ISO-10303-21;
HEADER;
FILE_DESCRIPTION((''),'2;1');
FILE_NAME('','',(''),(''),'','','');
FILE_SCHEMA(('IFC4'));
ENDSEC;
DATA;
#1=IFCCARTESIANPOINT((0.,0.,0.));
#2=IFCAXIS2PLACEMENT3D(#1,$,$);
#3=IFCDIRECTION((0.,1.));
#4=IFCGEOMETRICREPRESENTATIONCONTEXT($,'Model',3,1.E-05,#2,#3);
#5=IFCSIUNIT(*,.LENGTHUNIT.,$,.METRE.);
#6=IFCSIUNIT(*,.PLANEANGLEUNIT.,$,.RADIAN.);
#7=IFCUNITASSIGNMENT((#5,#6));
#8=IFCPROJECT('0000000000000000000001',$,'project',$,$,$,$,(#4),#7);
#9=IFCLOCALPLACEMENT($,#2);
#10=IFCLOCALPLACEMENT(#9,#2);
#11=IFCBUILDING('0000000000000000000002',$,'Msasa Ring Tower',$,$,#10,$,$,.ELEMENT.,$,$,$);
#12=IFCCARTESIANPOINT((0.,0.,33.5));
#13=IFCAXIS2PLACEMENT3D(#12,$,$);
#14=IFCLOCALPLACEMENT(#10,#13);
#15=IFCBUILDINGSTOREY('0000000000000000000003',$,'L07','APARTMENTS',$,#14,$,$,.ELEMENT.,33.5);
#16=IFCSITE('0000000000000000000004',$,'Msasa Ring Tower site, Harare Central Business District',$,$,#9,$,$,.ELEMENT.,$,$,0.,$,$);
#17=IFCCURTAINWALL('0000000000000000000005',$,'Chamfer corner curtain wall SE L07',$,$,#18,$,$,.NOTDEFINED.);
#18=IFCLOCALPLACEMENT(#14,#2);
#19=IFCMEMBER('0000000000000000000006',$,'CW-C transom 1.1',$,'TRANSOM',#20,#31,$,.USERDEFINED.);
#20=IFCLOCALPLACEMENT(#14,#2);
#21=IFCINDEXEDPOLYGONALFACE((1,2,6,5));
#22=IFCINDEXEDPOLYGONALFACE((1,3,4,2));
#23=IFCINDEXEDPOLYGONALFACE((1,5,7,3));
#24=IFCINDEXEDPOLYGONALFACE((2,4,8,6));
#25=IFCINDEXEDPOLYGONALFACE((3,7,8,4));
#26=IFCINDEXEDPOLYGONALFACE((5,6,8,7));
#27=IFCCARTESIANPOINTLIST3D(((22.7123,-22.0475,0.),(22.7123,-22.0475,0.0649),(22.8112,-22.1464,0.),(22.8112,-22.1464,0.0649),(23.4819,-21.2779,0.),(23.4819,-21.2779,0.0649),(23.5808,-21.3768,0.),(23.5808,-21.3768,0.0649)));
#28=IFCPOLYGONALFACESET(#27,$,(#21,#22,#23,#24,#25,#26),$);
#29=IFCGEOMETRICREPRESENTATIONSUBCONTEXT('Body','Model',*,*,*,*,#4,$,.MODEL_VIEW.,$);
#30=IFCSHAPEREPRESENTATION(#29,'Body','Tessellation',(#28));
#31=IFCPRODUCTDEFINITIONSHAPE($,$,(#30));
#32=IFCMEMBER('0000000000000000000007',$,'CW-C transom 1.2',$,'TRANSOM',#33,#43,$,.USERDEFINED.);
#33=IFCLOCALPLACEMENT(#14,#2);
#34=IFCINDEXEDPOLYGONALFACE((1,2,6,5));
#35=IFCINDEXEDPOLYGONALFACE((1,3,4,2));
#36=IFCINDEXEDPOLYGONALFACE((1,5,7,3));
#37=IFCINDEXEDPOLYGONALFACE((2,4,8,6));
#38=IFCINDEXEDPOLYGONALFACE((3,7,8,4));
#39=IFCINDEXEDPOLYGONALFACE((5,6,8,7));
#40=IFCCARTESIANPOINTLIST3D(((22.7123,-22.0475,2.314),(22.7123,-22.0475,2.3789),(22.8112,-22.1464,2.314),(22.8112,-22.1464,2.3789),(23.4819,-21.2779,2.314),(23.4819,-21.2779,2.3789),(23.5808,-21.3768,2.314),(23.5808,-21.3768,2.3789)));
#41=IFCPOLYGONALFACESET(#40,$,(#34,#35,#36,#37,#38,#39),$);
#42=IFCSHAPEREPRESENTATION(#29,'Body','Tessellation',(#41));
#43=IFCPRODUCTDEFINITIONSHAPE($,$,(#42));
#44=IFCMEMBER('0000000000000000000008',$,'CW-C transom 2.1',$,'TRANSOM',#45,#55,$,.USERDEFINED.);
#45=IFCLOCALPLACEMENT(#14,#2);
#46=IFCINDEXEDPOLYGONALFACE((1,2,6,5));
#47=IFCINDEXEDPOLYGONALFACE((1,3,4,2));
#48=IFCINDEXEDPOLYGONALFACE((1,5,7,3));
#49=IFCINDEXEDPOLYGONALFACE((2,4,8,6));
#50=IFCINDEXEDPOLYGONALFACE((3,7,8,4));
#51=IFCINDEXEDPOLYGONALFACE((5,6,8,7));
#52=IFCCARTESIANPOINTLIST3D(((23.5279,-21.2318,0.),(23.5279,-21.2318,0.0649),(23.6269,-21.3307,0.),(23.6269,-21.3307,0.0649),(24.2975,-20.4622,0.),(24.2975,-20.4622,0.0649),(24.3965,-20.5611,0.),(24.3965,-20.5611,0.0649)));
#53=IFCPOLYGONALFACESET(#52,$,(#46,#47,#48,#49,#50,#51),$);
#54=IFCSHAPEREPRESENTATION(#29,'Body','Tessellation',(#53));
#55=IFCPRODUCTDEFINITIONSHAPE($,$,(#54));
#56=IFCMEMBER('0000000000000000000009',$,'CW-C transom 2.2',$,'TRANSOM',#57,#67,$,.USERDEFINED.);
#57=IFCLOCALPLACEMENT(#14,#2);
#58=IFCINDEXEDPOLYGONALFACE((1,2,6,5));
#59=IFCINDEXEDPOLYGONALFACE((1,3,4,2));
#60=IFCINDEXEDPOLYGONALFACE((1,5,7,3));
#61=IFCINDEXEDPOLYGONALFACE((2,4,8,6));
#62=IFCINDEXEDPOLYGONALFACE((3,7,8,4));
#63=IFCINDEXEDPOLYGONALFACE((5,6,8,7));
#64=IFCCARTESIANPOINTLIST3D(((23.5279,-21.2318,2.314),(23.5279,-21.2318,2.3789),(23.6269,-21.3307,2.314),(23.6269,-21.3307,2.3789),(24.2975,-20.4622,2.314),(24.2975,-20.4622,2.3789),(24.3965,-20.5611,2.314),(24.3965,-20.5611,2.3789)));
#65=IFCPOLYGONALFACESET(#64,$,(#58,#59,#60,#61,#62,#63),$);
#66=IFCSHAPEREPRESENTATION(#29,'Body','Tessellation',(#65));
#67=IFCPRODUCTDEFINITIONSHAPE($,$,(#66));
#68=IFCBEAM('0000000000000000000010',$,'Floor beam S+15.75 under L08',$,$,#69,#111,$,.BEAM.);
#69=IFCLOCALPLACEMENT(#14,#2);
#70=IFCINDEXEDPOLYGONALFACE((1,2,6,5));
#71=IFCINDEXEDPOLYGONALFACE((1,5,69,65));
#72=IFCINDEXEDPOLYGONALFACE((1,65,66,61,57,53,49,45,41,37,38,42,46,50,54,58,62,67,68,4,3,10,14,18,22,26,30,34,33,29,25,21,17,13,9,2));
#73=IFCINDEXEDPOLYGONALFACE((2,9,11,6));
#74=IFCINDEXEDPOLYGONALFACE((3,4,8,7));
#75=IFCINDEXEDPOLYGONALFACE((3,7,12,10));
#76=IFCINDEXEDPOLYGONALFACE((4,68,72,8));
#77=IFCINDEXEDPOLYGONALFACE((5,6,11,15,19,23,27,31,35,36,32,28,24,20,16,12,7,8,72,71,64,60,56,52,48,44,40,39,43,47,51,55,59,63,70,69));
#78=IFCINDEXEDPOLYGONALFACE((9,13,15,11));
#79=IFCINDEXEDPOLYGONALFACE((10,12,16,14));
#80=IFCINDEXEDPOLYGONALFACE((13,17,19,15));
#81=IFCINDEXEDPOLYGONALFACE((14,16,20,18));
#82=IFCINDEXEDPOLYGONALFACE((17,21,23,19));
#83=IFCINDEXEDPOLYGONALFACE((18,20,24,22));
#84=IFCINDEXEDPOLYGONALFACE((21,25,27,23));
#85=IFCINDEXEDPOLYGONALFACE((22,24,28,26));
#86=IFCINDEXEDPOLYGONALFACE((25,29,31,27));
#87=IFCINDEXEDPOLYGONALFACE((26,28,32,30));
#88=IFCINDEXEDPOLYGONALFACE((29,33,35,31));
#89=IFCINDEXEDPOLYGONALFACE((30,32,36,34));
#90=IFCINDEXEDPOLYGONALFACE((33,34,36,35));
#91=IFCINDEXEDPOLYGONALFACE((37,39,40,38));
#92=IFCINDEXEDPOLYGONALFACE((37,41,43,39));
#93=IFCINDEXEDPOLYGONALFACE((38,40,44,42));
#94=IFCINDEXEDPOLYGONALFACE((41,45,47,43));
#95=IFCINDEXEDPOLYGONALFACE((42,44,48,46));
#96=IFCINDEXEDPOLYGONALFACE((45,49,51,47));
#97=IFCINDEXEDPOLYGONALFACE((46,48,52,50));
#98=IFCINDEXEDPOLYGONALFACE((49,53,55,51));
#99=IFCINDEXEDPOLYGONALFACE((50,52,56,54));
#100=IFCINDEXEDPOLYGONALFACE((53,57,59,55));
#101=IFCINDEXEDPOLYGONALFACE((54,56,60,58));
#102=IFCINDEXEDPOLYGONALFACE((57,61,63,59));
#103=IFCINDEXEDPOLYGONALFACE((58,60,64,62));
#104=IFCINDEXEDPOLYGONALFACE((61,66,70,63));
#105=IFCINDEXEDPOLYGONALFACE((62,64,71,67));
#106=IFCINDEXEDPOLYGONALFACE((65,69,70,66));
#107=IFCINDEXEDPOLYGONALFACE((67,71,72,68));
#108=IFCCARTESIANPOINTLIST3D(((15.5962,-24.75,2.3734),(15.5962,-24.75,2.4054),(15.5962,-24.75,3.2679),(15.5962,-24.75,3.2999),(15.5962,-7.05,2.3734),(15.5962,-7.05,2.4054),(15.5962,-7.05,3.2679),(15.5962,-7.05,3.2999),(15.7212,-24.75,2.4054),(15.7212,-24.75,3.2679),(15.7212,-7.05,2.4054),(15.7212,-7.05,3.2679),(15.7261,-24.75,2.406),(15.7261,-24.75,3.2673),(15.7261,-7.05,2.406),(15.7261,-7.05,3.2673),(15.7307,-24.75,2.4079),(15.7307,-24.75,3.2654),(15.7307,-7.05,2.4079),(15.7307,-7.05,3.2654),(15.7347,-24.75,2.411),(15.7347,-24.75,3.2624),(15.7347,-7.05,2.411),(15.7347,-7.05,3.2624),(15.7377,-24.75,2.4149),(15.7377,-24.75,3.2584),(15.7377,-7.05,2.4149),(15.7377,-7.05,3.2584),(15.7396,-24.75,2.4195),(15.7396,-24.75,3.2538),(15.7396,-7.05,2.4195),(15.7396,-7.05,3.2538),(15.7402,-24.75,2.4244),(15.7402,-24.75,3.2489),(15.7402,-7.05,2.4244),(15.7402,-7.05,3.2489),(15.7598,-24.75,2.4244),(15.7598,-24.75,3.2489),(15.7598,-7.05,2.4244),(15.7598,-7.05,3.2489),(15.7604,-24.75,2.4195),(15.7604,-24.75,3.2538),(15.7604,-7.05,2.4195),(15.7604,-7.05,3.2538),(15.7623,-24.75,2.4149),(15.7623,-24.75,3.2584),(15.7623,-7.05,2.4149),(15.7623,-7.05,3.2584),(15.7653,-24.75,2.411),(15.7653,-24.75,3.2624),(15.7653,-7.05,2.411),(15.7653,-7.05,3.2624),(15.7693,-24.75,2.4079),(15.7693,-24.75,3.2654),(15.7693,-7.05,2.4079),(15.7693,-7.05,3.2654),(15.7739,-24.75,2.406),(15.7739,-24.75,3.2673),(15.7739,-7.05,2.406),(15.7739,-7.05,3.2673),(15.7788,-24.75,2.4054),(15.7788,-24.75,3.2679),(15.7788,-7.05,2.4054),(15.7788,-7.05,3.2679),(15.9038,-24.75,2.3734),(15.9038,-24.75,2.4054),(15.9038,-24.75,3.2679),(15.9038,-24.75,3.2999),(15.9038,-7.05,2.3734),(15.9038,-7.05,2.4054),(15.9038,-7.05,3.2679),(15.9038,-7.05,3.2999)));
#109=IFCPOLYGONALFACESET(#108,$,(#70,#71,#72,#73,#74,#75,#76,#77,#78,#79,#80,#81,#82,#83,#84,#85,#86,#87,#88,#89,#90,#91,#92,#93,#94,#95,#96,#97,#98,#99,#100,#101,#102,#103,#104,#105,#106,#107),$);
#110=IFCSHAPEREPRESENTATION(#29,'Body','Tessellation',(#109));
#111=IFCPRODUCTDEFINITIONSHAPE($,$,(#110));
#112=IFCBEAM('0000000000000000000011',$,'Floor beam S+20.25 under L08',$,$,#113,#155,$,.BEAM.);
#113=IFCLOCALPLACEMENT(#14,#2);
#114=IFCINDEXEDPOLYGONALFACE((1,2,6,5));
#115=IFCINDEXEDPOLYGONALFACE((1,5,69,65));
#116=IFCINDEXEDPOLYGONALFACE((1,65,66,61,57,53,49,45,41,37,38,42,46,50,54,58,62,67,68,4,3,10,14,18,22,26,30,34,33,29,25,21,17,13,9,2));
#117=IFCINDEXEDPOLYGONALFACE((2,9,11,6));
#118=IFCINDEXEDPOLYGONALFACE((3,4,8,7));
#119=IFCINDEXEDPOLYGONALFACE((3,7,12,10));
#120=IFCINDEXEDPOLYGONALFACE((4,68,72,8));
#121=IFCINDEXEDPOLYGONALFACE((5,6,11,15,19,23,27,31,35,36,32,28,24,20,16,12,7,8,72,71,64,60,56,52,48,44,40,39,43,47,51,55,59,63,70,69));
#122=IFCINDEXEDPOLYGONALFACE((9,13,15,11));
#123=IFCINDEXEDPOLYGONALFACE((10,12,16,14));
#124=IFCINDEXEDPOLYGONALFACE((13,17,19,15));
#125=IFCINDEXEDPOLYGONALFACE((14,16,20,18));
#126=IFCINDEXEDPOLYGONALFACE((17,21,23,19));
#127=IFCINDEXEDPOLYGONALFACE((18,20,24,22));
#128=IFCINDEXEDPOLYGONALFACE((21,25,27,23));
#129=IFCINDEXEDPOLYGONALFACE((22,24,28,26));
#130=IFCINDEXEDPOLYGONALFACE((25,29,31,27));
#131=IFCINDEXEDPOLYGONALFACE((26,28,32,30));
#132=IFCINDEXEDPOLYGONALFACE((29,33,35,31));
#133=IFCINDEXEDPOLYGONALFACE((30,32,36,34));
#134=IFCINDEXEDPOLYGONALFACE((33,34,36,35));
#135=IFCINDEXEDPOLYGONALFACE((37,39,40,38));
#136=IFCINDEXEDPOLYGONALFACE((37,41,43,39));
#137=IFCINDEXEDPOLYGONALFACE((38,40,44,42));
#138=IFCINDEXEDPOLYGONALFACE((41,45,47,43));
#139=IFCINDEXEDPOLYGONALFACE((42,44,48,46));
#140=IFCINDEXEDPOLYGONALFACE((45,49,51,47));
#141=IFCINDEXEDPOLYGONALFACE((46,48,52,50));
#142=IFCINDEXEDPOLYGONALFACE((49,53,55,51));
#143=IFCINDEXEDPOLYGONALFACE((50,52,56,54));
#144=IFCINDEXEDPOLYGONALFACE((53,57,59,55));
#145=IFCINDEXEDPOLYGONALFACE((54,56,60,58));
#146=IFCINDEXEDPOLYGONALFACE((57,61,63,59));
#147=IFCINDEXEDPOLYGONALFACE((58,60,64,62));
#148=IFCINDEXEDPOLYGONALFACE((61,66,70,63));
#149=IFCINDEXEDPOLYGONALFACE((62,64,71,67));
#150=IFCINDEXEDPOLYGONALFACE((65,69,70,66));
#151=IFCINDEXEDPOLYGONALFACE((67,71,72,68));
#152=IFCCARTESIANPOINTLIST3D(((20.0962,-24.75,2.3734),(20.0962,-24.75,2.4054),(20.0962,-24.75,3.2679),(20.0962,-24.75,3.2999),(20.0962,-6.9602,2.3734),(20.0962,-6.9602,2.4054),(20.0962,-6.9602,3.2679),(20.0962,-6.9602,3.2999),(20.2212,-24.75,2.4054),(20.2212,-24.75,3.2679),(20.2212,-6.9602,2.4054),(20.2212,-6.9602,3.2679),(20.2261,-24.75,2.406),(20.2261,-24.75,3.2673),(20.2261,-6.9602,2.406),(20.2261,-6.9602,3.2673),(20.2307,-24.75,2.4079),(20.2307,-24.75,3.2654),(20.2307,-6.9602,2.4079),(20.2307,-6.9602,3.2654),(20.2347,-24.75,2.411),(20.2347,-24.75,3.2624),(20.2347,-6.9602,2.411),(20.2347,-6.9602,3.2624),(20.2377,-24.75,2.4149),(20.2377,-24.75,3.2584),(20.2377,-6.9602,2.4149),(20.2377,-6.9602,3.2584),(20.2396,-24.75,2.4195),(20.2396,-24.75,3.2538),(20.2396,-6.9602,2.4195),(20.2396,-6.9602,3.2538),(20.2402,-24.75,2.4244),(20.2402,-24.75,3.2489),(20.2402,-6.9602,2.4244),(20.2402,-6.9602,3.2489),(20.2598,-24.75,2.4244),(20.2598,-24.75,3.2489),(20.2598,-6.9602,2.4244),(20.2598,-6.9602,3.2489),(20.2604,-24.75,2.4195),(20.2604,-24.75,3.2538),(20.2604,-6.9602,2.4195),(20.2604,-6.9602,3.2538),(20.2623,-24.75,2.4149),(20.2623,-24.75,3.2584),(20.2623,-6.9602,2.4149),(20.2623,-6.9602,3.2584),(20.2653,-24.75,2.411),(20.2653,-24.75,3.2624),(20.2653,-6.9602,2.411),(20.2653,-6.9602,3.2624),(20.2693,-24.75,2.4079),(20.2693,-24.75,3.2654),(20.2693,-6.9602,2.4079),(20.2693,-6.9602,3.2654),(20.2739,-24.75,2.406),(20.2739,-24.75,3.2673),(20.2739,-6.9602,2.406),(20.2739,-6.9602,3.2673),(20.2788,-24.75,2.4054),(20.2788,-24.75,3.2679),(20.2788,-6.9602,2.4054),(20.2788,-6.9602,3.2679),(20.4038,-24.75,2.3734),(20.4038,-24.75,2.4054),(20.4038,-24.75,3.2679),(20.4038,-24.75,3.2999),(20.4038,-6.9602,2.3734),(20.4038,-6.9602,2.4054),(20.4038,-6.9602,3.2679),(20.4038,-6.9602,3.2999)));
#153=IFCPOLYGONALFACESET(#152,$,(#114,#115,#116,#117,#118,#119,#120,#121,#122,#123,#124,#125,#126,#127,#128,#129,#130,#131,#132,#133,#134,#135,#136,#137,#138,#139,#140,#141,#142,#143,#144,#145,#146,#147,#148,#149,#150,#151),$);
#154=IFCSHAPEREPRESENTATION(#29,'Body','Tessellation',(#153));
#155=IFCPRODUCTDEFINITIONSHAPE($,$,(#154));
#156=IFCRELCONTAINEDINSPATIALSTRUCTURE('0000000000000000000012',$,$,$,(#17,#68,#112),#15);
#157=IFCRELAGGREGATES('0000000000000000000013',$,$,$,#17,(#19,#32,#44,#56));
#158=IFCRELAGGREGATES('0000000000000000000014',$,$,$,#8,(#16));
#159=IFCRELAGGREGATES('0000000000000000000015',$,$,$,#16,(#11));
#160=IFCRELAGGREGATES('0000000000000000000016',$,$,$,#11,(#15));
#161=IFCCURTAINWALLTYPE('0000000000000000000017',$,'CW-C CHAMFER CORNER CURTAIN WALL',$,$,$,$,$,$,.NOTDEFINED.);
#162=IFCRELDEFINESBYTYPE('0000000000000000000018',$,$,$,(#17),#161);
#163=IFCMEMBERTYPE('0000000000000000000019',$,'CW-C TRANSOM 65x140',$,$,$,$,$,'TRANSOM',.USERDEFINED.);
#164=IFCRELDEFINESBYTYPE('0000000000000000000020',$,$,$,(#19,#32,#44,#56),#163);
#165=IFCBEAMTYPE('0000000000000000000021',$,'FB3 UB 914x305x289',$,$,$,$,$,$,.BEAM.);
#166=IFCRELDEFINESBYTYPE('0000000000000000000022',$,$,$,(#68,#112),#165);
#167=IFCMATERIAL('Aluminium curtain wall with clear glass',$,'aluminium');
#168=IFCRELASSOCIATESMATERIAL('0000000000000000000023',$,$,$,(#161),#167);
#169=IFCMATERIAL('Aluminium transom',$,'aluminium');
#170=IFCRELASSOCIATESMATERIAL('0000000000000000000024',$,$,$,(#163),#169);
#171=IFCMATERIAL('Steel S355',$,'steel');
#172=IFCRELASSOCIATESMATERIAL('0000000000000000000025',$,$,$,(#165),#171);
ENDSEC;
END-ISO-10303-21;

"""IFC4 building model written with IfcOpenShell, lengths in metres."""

from ifc_helpers import new_model, si_unit, direction, frame, origin, origin_2d, place, context, subcontext, project, spatial, rectangle, i_section, extrude, material, material_profile, profile_set, type_object, element, aggregate, save


model = new_model("IFC4")

# Units and contexts
model_context = context("Model", 3, precision=1e-05, world=origin(), true_north=direction((0.0, 1.0)))
body_context = subcontext(model_context, "Body", "Model", "MODEL_VIEW")
ifc_project = project(units=[si_unit("LENGTHUNIT", "METRE"), si_unit("PLANEANGLEUNIT", "RADIAN")], contexts=[model_context])

# Site, building, storey
site_placement = place(None, origin())
site = spatial("IfcSite", under=ifc_project, at=site_placement, Name="Msasa Ring Tower site, Harare Central Business District", CompositionType="ELEMENT", RefElevation=0.0)
building_placement = place(site_placement, origin())
building = spatial("IfcBuilding", under=site, at=building_placement, Name="Msasa Ring Tower", CompositionType="ELEMENT")
storey_placement = place(building_placement, frame((0.0, 0.0, 33.5)))
storey = spatial("IfcBuildingStorey", under=building, at=storey_placement, Name="L07", Description="APARTMENTS", CompositionType="ELEMENT", Elevation=33.5)

# Curtain wall
ifc_material_1 = material(Name="Aluminium curtain wall with clear glass", Category="aluminium")
curtain_wall_type = type_object("IfcCurtainWallType", Name="CW-C CHAMFER CORNER CURTAIN WALL", PredefinedType="NOTDEFINED", material=ifc_material_1)
curtain_wall_1_placement = place(storey_placement, origin())
curtain_wall_1 = element("IfcCurtainWall", 1, at=curtain_wall_1_placement, inside=storey, type_object=curtain_wall_type, Name="Chamfer corner curtain wall SE L07", PredefinedType="NOTDEFINED")

# Members
ifc_material_2 = material(Name="Aluminium transom", Category="aluminium")
ifc_material_profile_1 = material_profile(ifc_material_2, rectangle(XDim=0.1399, YDim=0.0649, at=origin_2d()), Name="AL 65x140")
ifc_profile_set_1 = profile_set([ifc_material_profile_1], Name="Aluminium transom")
member_type_1 = type_object("IfcMemberType", Name="CW-C TRANSOM 65x140", ElementType="TRANSOM", PredefinedType="USERDEFINED", material=ifc_profile_set_1)
member_1_placement = place(storey_placement, frame((22.7617, -22.0969, 0.0325), z_axis=(0.707107, 0.707107, 0.0), x_axis=(-0.707107, 0.707107, 0.0)))
member_1 = element("IfcMember", 2, at=member_1_placement, type_object=member_type_1, Name="CW-C transom 1.1", ObjectType="TRANSOM", PredefinedType="USERDEFINED", context=body_context, shape_type="SweptSolid", body=[
    extrude(rectangle(XDim=0.1399, YDim=0.0649, at=origin_2d()), origin(), (0.0, 0.0, 1.0), 1.0884),
])
member_2_placement = place(storey_placement, frame((22.7617, -22.0969, 2.3464), z_axis=(0.707107, 0.707107, 0.0), x_axis=(-0.707107, 0.707107, 0.0)))
member_2 = element("IfcMember", 3, at=member_2_placement, type_object=member_type_1, Name="CW-C transom 1.2", ObjectType="TRANSOM", PredefinedType="USERDEFINED", context=body_context, shape_type="SweptSolid", body=[
    extrude(rectangle(XDim=0.1399, YDim=0.0649, at=origin_2d()), origin(), (0.0, 0.0, 1.0), 1.0884),
])
member_3_placement = place(storey_placement, frame((23.5774, -21.2812, 0.0325), z_axis=(0.707107, 0.707107, 0.0), x_axis=(-0.707107, 0.707107, 0.0)))
member_3 = element("IfcMember", 4, at=member_3_placement, type_object=member_type_1, Name="CW-C transom 2.1", ObjectType="TRANSOM", PredefinedType="USERDEFINED", context=body_context, shape_type="SweptSolid", body=[
    extrude(rectangle(XDim=0.1399, YDim=0.0649, at=origin_2d()), origin(), (0.0, 0.0, 1.0), 1.0884),
])
member_4_placement = place(storey_placement, frame((23.5774, -21.2812, 2.3464), z_axis=(0.707107, 0.707107, 0.0), x_axis=(-0.707107, 0.707107, 0.0)))
member_4 = element("IfcMember", 5, at=member_4_placement, type_object=member_type_1, Name="CW-C transom 2.2", ObjectType="TRANSOM", PredefinedType="USERDEFINED", context=body_context, shape_type="SweptSolid", body=[
    extrude(rectangle(XDim=0.1399, YDim=0.0649, at=origin_2d()), origin(), (0.0, 0.0, 1.0), 1.0884),
])

# Beams
ifc_material_3 = material(Name="Steel S355", Category="steel")
ifc_material_profile_2 = material_profile(ifc_material_3, i_section(OverallWidth=0.3076, OverallDepth=0.9265, WebThickness=0.0195, FlangeThickness=0.032, FilletRadius=0.019, at=origin_2d()), Name="UB 914x305x289")
ifc_profile_set_2 = profile_set([ifc_material_profile_2], Name="Steel S355")
beam_type_1 = type_object("IfcBeamType", Name="FB3 UB 914x305x289", PredefinedType="BEAM", material=ifc_profile_set_2)
beam_1_placement = place(storey_placement, frame((15.75, -24.75, 2.8367), z_axis=(0.0, 1.0, 0.0), x_axis=(-1.0, 0.0, 0.0)))
element("IfcBeam", 6, at=beam_1_placement, inside=storey, type_object=beam_type_1, Name="Floor beam S+15.75 under L08", PredefinedType="BEAM", context=body_context, shape_type="SweptSolid", body=[
    extrude(i_section(OverallWidth=0.3076, OverallDepth=0.9265, WebThickness=0.0195, FlangeThickness=0.032, FilletRadius=0.019, at=origin_2d()), origin(), (0.0, 0.0, 1.0), 17.7),
])
beam_2_placement = place(storey_placement, frame((20.25, -24.75, 2.8367), z_axis=(0.0, 1.0, 0.0), x_axis=(-1.0, 0.0, 0.0)))
element("IfcBeam", 7, at=beam_2_placement, inside=storey, type_object=beam_type_1, Name="Floor beam S+20.25 under L08", PredefinedType="BEAM", context=body_context, shape_type="SweptSolid", body=[
    extrude(i_section(OverallWidth=0.3076, OverallDepth=0.9265, WebThickness=0.0195, FlangeThickness=0.032, FilletRadius=0.019, at=origin_2d()), origin(), (0.0, 0.0, 1.0), 17.7898),
])

aggregate(curtain_wall_1, [member_1, member_2, member_3, member_4])

save(model, "model.ifc")
